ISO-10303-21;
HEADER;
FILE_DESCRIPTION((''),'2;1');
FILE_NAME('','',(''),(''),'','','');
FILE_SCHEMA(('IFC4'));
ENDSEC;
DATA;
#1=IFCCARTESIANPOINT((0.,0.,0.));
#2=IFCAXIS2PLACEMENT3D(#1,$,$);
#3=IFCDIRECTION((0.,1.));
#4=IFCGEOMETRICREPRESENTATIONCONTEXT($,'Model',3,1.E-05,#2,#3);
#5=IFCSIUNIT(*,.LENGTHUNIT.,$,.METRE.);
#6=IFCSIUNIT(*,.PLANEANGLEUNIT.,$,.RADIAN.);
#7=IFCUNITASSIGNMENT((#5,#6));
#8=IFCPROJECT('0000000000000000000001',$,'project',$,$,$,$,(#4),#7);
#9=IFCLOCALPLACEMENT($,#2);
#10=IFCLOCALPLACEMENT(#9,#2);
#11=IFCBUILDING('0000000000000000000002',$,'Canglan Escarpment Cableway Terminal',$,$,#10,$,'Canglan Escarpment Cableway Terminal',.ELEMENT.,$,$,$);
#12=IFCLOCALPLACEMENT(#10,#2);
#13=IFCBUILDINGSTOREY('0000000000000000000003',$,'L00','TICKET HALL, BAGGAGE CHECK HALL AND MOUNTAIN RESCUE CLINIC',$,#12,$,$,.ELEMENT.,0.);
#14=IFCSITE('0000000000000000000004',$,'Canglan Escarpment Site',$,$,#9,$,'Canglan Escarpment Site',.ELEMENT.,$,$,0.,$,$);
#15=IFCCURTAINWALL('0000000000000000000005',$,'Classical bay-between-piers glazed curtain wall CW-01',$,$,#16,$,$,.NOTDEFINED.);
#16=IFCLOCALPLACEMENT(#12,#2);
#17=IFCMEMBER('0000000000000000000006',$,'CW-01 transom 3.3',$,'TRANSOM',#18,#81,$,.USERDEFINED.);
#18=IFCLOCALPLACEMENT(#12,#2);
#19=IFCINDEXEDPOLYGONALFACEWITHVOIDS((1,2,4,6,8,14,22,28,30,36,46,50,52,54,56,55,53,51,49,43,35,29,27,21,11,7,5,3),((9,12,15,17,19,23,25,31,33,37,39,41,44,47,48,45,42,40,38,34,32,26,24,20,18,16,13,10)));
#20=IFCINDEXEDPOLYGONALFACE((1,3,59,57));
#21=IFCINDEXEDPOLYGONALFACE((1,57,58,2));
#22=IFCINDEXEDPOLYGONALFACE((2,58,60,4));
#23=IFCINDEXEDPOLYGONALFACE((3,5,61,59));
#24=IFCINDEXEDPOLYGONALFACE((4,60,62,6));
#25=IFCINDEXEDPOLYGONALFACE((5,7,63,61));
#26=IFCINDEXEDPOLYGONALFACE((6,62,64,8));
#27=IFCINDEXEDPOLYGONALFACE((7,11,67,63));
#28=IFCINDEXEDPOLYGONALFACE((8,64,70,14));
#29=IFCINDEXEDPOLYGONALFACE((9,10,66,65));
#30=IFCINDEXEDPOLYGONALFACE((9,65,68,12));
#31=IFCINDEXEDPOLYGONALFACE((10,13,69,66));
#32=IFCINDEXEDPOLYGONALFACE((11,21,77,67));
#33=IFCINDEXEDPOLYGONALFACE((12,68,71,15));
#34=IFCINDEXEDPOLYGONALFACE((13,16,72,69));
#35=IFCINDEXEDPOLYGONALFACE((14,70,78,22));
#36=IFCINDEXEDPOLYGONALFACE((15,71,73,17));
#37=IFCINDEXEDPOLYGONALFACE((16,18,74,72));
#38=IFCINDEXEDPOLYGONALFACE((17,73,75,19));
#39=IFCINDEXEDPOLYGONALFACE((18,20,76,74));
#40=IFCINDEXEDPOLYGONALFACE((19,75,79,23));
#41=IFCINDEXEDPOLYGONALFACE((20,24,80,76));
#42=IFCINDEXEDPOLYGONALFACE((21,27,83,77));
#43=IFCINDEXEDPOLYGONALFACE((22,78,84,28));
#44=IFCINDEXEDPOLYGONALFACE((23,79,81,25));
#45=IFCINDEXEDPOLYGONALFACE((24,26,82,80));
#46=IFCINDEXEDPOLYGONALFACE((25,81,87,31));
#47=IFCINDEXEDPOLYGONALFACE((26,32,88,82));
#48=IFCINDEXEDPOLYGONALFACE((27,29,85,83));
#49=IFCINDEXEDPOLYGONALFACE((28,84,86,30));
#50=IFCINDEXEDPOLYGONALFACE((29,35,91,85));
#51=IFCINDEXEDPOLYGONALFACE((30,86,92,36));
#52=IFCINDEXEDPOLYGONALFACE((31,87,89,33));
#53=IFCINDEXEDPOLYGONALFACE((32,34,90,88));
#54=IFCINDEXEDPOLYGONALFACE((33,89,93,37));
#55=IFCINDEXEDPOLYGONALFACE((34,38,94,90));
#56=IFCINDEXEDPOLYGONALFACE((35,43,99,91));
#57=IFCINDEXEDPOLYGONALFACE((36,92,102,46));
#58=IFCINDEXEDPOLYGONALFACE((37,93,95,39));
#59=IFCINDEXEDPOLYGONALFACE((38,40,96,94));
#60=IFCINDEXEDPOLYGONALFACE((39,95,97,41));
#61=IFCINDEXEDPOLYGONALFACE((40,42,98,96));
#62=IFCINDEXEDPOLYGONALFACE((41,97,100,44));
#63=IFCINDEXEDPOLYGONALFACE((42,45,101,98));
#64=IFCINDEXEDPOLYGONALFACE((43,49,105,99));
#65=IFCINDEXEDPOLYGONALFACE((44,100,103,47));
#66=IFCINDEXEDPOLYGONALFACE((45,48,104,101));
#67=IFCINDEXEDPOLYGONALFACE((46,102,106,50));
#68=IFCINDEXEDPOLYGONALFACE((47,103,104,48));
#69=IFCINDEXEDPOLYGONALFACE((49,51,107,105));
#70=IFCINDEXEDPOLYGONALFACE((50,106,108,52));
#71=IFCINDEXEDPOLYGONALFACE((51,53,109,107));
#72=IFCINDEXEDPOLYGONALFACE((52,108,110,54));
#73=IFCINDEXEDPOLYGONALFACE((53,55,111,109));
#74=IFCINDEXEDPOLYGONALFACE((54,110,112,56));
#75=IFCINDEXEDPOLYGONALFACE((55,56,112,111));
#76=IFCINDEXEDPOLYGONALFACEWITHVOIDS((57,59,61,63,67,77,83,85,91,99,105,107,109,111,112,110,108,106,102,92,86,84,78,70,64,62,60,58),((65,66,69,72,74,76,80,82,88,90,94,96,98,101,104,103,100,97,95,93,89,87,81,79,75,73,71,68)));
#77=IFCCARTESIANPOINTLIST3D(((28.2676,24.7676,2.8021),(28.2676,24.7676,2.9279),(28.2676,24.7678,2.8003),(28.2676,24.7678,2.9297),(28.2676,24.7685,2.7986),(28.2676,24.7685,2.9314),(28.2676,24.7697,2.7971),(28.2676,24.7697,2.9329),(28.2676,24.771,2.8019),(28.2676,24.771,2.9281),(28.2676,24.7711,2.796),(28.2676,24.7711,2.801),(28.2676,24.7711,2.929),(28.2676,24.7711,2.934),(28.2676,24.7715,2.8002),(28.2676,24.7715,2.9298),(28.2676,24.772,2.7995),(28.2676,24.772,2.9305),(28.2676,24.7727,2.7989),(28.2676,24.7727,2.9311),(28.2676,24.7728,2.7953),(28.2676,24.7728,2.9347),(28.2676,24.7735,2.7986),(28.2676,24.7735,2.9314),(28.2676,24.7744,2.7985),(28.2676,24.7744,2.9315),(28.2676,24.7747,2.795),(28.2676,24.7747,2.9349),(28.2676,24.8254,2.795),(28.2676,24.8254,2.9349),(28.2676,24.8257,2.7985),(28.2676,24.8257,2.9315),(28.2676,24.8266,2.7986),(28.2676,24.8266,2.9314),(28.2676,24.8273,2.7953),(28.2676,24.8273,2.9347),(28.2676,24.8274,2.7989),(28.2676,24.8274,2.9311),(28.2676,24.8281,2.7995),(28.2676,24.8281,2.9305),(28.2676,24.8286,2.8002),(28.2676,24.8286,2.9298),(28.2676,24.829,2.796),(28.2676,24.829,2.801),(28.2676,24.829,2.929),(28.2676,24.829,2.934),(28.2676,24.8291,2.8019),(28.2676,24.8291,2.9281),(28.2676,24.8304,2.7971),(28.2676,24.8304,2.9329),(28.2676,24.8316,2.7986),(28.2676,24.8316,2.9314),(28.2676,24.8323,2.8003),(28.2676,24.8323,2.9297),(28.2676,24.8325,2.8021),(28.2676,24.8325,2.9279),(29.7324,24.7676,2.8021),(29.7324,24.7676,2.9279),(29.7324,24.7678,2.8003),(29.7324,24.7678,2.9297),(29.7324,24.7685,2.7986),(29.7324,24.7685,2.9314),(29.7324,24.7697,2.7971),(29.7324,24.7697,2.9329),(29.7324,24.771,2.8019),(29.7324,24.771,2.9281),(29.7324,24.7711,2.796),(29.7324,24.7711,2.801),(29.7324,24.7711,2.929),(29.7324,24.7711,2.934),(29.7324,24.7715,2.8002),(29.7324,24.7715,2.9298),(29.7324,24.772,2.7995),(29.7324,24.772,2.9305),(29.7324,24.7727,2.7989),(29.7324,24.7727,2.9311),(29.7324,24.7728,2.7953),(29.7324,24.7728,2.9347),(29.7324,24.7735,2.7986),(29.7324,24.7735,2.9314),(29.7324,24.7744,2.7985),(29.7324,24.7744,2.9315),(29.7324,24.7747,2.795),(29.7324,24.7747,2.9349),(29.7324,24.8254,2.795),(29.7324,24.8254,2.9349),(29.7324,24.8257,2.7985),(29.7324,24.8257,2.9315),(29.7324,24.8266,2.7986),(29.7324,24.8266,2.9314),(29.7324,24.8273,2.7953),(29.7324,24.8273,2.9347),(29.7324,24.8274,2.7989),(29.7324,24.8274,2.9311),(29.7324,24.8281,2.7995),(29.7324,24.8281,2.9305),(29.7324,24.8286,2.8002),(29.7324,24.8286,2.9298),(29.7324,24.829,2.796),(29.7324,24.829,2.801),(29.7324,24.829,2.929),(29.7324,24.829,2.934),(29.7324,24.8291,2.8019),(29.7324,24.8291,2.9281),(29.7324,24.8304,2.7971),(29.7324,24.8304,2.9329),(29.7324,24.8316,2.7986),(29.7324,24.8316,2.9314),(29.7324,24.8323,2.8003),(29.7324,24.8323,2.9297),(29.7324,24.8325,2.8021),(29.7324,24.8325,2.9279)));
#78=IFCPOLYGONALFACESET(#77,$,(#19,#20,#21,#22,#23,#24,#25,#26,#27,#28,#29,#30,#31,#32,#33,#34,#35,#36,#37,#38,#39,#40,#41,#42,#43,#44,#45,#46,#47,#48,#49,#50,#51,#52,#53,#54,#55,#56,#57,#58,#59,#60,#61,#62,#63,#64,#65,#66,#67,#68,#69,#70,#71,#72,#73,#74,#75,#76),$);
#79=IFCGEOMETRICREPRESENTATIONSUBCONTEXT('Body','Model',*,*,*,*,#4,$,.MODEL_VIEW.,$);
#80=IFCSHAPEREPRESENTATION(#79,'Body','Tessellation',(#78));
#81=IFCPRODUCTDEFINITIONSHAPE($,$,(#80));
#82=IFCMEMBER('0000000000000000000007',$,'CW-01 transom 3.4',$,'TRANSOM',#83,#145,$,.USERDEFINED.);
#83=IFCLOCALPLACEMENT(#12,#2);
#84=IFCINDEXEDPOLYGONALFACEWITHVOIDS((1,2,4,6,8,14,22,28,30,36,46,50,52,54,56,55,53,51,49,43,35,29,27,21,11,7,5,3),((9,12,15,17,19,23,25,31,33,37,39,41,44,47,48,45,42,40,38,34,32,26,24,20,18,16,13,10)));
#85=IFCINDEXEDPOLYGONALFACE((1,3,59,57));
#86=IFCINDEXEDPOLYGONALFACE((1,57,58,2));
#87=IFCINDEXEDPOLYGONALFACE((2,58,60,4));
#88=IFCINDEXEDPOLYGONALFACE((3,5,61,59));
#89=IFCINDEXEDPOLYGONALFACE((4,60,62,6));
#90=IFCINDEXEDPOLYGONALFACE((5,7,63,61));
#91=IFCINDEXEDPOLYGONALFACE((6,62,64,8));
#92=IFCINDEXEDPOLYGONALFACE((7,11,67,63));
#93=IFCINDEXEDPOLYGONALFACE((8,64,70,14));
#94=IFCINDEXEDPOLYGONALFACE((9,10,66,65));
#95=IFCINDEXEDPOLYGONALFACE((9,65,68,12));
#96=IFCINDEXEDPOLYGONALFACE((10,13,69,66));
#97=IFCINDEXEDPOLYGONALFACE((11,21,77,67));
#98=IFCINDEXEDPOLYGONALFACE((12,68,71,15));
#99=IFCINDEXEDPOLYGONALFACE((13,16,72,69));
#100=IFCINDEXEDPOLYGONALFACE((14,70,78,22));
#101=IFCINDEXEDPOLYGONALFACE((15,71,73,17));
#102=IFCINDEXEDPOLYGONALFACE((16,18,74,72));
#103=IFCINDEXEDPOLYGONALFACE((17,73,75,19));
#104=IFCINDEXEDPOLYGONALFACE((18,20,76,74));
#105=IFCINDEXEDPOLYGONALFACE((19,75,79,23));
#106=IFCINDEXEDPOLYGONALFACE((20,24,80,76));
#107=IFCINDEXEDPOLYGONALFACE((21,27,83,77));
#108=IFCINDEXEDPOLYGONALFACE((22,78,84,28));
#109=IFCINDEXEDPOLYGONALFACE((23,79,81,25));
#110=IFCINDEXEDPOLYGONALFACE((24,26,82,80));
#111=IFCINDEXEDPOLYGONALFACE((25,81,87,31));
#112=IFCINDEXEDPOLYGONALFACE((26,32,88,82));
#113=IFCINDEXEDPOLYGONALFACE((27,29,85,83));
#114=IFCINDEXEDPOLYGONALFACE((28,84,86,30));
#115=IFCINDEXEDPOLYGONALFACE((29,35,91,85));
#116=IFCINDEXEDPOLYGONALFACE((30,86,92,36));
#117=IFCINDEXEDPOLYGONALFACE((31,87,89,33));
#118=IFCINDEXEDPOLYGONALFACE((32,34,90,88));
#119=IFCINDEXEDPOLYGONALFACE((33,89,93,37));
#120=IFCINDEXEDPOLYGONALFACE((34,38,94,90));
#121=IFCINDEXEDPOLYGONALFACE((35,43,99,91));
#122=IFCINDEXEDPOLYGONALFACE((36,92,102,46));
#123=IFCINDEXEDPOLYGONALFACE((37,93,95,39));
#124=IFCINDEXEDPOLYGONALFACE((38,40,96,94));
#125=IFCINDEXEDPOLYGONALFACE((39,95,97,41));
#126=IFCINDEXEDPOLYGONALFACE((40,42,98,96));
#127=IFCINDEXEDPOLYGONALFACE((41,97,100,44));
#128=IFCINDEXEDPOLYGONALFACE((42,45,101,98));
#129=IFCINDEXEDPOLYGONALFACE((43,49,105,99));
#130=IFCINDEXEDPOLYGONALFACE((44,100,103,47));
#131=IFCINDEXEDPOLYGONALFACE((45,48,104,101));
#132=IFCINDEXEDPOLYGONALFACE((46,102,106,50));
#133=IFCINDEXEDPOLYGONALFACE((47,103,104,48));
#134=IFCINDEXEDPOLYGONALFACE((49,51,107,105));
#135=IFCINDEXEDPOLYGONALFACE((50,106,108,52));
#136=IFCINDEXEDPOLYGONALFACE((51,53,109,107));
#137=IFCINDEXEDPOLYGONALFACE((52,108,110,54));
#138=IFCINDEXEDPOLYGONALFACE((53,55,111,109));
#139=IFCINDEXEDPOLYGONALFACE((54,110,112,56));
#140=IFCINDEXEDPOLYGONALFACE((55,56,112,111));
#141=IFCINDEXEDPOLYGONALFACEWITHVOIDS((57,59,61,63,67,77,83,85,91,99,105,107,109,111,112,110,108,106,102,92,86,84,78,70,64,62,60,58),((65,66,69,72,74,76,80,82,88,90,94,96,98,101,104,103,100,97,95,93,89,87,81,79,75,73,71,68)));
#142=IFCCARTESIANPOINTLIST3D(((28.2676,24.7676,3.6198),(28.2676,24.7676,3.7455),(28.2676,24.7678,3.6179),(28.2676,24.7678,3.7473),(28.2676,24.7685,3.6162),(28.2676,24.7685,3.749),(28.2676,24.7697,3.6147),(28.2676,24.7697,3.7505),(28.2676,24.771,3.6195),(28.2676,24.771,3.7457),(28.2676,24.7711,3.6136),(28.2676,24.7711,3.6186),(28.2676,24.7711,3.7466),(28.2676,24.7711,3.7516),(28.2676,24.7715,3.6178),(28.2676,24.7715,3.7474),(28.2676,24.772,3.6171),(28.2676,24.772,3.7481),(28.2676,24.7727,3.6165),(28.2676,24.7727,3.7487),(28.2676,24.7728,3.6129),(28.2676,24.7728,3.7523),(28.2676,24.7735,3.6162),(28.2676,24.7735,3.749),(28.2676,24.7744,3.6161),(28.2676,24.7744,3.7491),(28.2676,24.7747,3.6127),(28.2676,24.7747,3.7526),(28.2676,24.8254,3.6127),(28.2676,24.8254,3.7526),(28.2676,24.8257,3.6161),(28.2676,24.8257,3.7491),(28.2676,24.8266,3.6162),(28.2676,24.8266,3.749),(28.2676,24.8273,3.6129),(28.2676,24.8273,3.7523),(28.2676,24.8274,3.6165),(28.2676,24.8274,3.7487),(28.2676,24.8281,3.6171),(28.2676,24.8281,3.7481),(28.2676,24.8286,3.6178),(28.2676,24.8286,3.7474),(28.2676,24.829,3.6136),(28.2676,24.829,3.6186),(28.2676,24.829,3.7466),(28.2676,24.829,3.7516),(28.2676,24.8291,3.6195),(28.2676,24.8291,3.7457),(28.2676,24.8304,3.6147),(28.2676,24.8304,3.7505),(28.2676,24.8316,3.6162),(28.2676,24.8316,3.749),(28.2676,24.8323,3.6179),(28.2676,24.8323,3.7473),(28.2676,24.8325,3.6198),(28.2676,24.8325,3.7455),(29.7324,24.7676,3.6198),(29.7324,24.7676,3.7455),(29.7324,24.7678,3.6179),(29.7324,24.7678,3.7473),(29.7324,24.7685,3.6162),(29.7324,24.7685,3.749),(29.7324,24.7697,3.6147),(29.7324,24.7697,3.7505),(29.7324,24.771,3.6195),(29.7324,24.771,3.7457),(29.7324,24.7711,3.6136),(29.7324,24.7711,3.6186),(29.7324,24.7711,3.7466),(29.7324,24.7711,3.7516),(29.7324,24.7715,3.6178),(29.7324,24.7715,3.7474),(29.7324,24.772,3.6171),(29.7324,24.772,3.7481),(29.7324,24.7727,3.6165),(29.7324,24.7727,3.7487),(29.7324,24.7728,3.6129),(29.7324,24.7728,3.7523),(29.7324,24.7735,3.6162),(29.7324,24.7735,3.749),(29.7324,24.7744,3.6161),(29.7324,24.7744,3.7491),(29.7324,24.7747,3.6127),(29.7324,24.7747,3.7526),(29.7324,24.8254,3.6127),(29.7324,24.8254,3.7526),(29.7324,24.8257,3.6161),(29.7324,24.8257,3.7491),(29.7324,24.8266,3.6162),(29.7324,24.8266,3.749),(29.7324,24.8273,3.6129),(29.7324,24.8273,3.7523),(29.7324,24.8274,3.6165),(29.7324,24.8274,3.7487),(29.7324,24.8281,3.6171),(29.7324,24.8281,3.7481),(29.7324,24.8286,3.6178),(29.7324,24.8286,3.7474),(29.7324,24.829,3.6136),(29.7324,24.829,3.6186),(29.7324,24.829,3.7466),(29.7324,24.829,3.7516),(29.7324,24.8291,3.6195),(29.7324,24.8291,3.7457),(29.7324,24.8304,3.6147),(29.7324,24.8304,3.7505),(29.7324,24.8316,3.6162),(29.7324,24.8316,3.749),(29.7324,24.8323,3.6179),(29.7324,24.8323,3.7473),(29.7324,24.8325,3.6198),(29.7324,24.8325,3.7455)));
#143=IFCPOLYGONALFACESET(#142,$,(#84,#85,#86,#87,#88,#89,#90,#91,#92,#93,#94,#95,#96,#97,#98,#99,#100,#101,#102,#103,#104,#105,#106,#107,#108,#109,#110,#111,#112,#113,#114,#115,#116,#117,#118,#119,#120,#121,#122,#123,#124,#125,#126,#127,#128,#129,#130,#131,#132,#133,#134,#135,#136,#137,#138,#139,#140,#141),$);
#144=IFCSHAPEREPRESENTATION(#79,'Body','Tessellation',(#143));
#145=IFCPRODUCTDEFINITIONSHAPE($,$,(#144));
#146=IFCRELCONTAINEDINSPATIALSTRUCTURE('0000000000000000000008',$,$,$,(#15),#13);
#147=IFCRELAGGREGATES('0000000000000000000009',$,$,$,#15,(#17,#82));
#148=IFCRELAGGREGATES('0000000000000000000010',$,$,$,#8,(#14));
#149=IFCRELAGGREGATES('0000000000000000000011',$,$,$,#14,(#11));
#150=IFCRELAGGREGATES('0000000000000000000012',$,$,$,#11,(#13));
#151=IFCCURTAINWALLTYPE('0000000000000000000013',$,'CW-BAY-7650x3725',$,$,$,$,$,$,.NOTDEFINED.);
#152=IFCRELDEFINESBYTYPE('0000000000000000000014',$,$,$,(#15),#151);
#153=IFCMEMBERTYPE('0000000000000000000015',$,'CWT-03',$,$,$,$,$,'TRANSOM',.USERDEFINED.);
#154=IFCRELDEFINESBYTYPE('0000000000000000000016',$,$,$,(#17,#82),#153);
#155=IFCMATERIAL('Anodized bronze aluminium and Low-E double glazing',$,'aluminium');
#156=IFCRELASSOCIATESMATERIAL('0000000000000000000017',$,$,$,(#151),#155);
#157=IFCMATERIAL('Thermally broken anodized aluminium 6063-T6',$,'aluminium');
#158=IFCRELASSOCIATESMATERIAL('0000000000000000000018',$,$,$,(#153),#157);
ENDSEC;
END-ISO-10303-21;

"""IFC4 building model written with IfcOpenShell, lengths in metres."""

from ifc_helpers import new_model, si_unit, direction, frame, origin, origin_2d, place, context, subcontext, project, spatial, hollow_rectangle, extrude, material, material_profile, profile_set, type_object, element, aggregate, save


model = new_model("IFC4")

# Units and contexts
model_context = context("Model", 3, precision=1e-05, world=origin(), true_north=direction((0.0, 1.0)))
body_context = subcontext(model_context, "Body", "Model", "MODEL_VIEW")
ifc_project = project(units=[si_unit("LENGTHUNIT", "METRE"), si_unit("PLANEANGLEUNIT", "RADIAN")], contexts=[model_context])

# Site, building, storey
site_placement = place(None, origin())
site = spatial("IfcSite", under=ifc_project, at=site_placement, Name="Canglan Escarpment Site", LongName="Canglan Escarpment Site", CompositionType="ELEMENT", RefElevation=0.0)
building_placement = place(site_placement, origin())
building = spatial("IfcBuilding", under=site, at=building_placement, Name="Canglan Escarpment Cableway Terminal", LongName="Canglan Escarpment Cableway Terminal", CompositionType="ELEMENT")
storey_placement = place(building_placement, origin())
storey = spatial("IfcBuildingStorey", under=building, at=storey_placement, Name="L00", Description="TICKET HALL, BAGGAGE CHECK HALL AND MOUNTAIN RESCUE CLINIC", CompositionType="ELEMENT", Elevation=0.0)

# Curtain wall, members
ifc_material_1 = material(Name="Anodized bronze aluminium and Low-E double glazing", Category="aluminium")
curtain_wall_type = type_object("IfcCurtainWallType", Name="CW-BAY-7650x3725", PredefinedType="NOTDEFINED", material=ifc_material_1)
curtain_wall_placement = place(storey_placement, origin())
curtain_wall = element("IfcCurtainWall", 1, at=curtain_wall_placement, inside=storey, type_object=curtain_wall_type, Name="Classical bay-between-piers glazed curtain wall CW-01", PredefinedType="NOTDEFINED")
ifc_material_2 = material(Name="Thermally broken anodized aluminium 6063-T6", Category="aluminium")
ifc_material_profile_1 = material_profile(ifc_material_2, hollow_rectangle(XDim=0.0649, YDim=0.1399, WallThickness=0.0034, InnerFilletRadius=0.0034, OuterFilletRadius=0.0071, at=origin_2d()), Name="ALU-TRAN 65x140x3.5")
ifc_profile_set_1 = profile_set([ifc_material_profile_1], Name="Thermally broken anodized aluminium 6063-T6")
member_type_1 = type_object("IfcMemberType", Name="CWT-03", ElementType="TRANSOM", PredefinedType="USERDEFINED", material=ifc_profile_set_1)
member_1_placement = place(storey_placement, frame((29.7324, 24.8, 2.865), z_axis=(-1.0, 0.0, 0.0), x_axis=(0.0, -1.0, 0.0)))
member_1 = element("IfcMember", 2, at=member_1_placement, type_object=member_type_1, Name="CW-01 transom 3.3", ObjectType="TRANSOM", PredefinedType="USERDEFINED", context=body_context, shape_type="SweptSolid", body=[
    extrude(hollow_rectangle(XDim=0.0649, YDim=0.1399, WallThickness=0.0034, InnerFilletRadius=0.0034, OuterFilletRadius=0.0071, at=origin_2d()), origin(), (0.0, 0.0, 1.0), 1.4648),
])
member_2_placement = place(storey_placement, frame((29.7324, 24.8, 3.6826), z_axis=(-1.0, 0.0, 0.0), x_axis=(0.0, -1.0, 0.0)))
member_2 = element("IfcMember", 3, at=member_2_placement, type_object=member_type_1, Name="CW-01 transom 3.4", ObjectType="TRANSOM", PredefinedType="USERDEFINED", context=body_context, shape_type="SweptSolid", body=[
    extrude(hollow_rectangle(XDim=0.0649, YDim=0.1399, WallThickness=0.0034, InnerFilletRadius=0.0034, OuterFilletRadius=0.0071, at=origin_2d()), origin(), (0.0, 0.0, 1.0), 1.4648),
])
aggregate(curtain_wall, [member_1, member_2])

save(model, "model.ifc")
